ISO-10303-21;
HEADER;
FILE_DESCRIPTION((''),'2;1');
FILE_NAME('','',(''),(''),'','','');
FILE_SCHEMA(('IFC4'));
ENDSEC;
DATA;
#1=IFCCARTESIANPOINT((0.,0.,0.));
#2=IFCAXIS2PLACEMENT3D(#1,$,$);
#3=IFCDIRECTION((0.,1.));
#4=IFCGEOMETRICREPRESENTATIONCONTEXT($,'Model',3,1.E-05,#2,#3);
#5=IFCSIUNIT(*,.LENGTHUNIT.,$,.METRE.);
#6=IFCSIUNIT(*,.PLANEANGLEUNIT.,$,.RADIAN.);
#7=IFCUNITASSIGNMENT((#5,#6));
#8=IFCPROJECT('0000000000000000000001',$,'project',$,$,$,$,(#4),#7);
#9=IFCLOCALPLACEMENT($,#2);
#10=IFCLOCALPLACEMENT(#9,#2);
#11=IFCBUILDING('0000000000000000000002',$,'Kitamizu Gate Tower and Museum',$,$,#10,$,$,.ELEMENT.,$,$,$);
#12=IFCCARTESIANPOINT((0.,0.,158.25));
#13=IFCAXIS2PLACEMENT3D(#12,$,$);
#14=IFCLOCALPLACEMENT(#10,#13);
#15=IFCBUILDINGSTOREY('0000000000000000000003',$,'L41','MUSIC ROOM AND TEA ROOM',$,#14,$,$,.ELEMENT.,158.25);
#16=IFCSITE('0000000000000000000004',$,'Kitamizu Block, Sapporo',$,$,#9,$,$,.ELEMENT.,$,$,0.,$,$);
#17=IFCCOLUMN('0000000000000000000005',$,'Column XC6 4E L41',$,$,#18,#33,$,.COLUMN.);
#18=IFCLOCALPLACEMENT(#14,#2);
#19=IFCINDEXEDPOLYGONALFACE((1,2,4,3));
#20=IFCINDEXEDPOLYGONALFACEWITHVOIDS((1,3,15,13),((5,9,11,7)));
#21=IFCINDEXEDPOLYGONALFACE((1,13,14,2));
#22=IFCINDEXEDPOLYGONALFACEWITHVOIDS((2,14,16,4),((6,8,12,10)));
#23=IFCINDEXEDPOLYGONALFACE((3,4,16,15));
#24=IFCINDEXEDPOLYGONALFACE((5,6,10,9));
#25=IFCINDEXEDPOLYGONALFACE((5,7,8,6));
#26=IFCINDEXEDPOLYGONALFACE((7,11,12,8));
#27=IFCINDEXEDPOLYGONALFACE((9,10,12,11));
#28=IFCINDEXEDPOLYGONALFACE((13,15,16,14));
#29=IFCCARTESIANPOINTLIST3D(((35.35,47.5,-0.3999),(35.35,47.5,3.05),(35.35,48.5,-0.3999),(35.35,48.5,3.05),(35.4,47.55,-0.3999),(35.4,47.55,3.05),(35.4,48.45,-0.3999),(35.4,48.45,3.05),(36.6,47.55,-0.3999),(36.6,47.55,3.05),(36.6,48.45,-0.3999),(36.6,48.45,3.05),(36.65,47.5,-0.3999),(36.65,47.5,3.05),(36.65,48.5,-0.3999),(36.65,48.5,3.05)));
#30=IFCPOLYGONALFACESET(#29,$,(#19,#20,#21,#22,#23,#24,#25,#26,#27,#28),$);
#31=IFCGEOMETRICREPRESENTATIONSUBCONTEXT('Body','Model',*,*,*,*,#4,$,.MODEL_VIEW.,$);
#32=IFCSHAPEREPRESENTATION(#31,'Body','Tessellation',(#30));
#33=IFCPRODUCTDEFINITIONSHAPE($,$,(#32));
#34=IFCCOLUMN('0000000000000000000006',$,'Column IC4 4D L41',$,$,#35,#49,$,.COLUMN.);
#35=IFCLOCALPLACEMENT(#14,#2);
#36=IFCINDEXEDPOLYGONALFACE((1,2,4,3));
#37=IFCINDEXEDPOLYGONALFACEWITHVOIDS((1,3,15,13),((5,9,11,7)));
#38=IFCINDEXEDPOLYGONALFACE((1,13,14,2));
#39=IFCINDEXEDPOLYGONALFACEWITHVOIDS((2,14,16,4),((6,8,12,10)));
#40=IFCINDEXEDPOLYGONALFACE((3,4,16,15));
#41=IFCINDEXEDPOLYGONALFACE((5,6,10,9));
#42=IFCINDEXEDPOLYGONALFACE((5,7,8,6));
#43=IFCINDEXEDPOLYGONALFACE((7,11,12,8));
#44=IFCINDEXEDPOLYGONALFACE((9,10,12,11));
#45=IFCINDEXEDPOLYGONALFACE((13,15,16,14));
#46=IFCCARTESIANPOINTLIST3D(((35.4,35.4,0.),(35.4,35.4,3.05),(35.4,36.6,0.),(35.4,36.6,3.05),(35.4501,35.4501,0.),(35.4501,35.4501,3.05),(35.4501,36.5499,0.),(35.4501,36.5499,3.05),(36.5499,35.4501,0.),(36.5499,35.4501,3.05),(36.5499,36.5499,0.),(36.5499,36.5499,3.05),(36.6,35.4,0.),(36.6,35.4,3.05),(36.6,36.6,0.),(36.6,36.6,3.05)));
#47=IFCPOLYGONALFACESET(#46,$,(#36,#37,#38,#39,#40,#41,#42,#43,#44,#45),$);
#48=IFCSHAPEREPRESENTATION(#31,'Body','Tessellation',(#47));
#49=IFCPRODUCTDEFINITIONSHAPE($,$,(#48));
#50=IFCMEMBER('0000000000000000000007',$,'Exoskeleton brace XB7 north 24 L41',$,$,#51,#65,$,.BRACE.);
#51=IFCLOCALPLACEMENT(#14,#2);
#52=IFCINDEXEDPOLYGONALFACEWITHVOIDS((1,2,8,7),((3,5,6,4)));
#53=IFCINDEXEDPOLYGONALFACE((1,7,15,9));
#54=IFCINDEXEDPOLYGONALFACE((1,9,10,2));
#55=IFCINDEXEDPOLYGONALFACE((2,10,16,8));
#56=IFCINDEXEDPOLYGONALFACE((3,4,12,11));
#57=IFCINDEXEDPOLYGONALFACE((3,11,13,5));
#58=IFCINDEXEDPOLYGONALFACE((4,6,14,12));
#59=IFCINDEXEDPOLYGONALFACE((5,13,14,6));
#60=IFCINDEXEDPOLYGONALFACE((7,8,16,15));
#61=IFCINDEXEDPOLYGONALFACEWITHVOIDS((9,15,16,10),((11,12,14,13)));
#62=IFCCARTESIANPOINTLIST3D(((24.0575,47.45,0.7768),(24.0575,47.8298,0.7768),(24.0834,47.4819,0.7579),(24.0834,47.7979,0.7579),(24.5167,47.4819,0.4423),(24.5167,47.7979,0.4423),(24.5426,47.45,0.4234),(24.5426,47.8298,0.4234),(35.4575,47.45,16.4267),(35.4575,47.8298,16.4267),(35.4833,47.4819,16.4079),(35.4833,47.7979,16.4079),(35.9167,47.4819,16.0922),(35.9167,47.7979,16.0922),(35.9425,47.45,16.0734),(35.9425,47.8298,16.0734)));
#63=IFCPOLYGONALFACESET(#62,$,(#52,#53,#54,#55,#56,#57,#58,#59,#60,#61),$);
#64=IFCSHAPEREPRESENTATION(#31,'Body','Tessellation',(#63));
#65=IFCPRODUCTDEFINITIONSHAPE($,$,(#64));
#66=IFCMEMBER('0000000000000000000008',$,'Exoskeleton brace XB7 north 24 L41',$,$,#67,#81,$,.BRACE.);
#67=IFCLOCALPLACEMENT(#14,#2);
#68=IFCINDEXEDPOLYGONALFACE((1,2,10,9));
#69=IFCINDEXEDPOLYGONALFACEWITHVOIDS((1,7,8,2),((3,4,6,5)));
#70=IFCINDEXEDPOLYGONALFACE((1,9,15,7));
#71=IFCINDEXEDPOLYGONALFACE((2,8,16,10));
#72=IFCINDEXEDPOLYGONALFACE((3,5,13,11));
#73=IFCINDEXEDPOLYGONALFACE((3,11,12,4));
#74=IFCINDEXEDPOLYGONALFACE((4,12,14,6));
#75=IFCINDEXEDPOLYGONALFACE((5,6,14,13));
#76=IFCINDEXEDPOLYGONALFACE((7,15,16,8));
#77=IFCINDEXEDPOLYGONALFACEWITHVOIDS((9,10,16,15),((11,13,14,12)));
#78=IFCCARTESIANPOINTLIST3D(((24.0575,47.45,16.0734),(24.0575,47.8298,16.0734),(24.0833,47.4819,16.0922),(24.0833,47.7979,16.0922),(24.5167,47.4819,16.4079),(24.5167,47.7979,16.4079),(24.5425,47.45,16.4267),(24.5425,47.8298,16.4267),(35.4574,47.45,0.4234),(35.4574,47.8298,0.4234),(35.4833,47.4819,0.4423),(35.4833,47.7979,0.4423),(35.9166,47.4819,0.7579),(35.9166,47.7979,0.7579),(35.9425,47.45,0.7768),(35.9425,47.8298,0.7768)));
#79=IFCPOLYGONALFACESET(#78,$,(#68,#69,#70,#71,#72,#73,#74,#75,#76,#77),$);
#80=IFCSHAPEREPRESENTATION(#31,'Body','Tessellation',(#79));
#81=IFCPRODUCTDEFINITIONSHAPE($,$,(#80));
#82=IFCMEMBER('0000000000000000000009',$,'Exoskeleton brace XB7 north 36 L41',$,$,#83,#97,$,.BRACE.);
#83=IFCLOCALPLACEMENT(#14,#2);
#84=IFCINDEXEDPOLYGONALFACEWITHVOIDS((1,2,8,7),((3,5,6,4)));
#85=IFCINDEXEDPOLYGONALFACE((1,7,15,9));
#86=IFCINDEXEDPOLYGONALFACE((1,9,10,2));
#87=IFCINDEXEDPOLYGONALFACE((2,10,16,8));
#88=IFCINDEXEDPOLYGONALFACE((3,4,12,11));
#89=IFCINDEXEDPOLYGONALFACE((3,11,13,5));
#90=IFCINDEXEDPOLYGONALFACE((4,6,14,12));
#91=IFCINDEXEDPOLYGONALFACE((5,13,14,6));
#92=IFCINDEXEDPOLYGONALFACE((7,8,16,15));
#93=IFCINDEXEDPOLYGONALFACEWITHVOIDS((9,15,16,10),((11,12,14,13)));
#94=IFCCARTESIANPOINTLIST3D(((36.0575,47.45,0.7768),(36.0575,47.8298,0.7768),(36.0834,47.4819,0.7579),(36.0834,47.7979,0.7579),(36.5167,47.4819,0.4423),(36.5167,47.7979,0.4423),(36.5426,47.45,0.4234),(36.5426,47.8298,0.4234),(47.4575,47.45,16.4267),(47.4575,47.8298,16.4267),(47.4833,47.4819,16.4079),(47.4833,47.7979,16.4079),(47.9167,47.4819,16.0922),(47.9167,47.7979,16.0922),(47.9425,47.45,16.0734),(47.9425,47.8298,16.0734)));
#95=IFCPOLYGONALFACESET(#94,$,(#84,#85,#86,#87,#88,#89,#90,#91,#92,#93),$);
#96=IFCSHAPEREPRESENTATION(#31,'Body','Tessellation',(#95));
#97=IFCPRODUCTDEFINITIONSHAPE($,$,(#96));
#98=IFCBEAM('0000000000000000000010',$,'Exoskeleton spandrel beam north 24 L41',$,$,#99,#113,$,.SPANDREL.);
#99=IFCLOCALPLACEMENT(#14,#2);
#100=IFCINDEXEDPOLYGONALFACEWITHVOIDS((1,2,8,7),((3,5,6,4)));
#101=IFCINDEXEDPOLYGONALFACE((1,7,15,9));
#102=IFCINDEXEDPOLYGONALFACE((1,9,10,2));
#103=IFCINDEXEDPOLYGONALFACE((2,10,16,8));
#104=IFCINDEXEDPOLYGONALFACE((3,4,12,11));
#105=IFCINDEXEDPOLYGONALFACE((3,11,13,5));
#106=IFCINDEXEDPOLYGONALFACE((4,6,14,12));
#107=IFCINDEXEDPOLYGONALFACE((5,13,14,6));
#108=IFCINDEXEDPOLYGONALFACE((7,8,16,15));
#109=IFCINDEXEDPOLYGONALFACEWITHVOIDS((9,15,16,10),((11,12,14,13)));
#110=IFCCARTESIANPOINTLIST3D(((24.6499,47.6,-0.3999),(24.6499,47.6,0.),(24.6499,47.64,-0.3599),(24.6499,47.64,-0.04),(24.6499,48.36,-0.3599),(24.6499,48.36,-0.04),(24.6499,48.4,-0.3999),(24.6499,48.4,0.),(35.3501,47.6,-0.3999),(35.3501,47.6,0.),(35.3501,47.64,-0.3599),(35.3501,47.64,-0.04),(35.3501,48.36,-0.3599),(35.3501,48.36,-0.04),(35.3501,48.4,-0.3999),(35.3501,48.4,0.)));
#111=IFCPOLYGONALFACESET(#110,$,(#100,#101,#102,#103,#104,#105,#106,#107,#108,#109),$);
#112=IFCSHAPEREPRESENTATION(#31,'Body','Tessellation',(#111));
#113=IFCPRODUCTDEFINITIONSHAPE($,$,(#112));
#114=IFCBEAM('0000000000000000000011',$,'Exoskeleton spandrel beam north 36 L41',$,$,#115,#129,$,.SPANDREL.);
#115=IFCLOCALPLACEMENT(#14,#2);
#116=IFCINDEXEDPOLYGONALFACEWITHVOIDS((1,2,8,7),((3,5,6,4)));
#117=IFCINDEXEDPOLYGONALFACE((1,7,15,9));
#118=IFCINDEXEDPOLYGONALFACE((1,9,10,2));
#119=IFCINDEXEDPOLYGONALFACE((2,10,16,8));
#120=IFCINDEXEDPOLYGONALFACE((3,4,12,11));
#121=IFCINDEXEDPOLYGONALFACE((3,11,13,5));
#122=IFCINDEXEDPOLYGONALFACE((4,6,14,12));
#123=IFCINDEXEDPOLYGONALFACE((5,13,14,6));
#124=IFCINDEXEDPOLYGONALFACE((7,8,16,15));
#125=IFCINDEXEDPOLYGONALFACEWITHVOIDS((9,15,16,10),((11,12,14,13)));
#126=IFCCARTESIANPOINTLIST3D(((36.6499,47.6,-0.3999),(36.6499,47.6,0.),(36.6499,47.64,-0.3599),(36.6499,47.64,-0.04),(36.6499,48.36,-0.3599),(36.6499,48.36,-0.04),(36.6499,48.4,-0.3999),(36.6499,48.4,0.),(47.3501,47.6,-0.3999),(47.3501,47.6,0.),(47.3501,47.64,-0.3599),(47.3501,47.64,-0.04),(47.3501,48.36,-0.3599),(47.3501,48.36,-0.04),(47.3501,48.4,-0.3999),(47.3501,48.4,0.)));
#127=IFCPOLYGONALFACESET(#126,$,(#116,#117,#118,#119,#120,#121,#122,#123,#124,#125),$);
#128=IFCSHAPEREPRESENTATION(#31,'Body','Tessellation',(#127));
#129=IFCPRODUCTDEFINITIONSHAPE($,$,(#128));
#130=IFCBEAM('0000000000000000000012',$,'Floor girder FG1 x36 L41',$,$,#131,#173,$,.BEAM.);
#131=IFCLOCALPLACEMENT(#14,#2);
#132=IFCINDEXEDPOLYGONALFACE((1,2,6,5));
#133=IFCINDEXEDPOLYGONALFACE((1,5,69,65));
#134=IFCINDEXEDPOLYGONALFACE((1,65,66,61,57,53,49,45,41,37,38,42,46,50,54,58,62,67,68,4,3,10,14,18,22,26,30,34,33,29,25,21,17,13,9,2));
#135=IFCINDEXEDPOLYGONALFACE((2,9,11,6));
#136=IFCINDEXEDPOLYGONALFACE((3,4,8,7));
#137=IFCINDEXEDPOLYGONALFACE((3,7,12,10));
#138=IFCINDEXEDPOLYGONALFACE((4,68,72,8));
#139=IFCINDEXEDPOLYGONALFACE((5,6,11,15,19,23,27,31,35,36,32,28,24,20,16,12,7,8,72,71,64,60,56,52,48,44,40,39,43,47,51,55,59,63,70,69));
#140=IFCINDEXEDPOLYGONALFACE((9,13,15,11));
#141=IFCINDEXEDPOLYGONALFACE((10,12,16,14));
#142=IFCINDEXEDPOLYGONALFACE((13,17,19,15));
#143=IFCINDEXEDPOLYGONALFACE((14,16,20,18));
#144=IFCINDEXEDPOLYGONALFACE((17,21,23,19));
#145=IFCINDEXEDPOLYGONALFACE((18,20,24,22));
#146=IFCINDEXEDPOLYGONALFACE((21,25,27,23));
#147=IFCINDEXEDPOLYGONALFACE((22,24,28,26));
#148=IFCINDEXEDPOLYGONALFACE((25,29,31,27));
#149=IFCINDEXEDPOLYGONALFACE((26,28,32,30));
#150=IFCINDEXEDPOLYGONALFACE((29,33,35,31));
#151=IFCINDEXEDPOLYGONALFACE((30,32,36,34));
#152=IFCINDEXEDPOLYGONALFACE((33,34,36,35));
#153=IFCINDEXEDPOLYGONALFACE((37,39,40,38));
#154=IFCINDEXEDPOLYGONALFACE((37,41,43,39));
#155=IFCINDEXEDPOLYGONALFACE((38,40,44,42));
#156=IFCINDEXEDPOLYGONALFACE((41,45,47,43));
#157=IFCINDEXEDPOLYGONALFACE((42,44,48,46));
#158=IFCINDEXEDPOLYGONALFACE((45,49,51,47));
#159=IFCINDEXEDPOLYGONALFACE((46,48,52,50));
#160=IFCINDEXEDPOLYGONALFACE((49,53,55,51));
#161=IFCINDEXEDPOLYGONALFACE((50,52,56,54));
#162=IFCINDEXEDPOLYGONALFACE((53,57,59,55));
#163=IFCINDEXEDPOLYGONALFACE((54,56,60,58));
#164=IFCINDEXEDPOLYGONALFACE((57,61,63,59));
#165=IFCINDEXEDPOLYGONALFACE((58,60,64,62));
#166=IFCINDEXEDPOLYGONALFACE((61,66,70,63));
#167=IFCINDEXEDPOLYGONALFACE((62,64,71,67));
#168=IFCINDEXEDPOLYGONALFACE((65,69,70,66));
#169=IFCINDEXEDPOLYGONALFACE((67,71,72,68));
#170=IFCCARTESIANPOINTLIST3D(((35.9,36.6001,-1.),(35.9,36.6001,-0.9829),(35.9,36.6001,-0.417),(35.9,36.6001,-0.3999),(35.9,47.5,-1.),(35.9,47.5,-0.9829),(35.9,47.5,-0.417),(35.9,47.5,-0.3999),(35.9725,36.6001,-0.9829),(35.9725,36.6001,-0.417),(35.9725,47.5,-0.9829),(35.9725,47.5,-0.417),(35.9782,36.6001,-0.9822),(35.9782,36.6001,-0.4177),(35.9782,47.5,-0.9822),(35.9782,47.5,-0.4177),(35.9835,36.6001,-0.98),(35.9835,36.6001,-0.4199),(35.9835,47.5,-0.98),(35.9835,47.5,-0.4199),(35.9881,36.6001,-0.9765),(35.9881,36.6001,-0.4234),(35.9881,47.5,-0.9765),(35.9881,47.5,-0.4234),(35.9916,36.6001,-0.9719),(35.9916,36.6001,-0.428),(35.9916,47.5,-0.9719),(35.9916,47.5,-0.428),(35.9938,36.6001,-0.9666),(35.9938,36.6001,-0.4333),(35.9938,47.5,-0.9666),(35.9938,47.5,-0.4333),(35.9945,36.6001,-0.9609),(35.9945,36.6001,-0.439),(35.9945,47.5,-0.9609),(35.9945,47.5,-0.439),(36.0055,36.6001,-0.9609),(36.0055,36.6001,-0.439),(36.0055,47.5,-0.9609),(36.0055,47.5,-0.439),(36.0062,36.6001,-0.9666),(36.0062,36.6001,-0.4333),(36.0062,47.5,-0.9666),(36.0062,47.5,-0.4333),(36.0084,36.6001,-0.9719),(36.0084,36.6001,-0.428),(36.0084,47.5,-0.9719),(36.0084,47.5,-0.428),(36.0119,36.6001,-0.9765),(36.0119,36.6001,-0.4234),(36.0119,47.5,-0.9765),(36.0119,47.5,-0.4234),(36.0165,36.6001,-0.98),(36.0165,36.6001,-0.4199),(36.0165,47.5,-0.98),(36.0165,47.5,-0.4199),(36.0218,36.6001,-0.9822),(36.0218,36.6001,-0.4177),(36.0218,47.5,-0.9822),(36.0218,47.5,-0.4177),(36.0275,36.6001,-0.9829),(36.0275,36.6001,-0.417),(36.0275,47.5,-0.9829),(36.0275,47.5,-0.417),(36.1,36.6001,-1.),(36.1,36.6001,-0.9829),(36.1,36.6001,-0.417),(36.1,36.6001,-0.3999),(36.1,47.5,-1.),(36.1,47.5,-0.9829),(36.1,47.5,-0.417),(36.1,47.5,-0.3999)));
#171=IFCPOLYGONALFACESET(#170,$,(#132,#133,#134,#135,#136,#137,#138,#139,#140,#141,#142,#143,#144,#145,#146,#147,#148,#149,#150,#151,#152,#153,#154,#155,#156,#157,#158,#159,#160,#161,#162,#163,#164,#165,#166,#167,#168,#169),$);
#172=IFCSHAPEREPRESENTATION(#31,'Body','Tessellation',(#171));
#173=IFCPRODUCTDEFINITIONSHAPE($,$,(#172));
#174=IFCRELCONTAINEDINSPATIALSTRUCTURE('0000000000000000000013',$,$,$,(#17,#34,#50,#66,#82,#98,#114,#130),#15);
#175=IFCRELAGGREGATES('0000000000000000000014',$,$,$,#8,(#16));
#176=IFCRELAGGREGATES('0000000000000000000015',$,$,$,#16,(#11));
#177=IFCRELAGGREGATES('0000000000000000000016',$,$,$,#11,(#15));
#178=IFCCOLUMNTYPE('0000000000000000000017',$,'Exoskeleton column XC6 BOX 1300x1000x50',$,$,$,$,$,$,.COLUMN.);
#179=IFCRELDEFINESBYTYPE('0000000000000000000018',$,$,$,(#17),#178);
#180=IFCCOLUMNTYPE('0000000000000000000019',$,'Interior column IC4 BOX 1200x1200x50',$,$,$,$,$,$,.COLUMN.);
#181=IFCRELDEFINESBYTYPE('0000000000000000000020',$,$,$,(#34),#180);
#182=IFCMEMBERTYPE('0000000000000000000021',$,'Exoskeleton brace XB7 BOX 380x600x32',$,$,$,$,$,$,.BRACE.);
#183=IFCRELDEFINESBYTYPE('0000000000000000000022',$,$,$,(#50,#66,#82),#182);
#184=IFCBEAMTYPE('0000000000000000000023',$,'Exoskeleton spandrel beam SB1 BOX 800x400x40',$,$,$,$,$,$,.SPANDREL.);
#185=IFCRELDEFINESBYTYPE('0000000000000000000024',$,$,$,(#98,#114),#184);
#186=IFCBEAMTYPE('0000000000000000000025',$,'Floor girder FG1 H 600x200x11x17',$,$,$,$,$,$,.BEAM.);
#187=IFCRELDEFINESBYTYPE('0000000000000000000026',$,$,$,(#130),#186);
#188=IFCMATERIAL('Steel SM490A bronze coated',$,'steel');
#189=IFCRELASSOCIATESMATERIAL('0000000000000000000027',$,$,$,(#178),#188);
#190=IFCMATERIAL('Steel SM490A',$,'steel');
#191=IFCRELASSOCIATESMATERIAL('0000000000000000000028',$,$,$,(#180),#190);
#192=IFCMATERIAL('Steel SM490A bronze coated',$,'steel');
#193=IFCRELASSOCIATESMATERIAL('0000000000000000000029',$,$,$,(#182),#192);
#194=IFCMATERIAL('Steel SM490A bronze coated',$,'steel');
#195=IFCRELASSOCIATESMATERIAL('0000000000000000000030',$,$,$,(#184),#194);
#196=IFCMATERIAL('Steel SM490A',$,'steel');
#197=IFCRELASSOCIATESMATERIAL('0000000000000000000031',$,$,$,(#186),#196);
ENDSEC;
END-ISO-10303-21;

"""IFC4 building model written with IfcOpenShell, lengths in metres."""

from ifc_helpers import new_model, si_unit, direction, frame, origin, origin_2d, place, context, subcontext, project, spatial, hollow_rectangle, i_section, extrude, material, material_profile, profile_set, type_object, element, save


model = new_model("IFC4")

# Units and contexts
model_context = context("Model", 3, precision=1e-05, world=origin(), true_north=direction((0.0, 1.0)))
body_context = subcontext(model_context, "Body", "Model", "MODEL_VIEW")
ifc_project = project(units=[si_unit("LENGTHUNIT", "METRE"), si_unit("PLANEANGLEUNIT", "RADIAN")], contexts=[model_context])

# Site, building, storey
site_placement = place(None, origin())
site = spatial("IfcSite", under=ifc_project, at=site_placement, Name="Kitamizu Block, Sapporo", CompositionType="ELEMENT", RefElevation=0.0)
building_placement = place(site_placement, origin())
building = spatial("IfcBuilding", under=site, at=building_placement, Name="Kitamizu Gate Tower and Museum", CompositionType="ELEMENT")
storey_placement = place(building_placement, frame((0.0, 0.0, 158.25)))
storey = spatial("IfcBuildingStorey", under=building, at=storey_placement, Name="L41", Description="MUSIC ROOM AND TEA ROOM", CompositionType="ELEMENT", Elevation=158.25)

# Columns
ifc_material_1 = material(Name="Steel SM490A bronze coated", Category="steel")
ifc_material_profile_1 = material_profile(ifc_material_1, hollow_rectangle(XDim=1.3, YDim=1.0, WallThickness=0.05, at=origin_2d()), Name="BOX 1300x1000x50")
ifc_profile_set_1 = profile_set([ifc_material_profile_1], Name="Steel SM490A bronze coated")
column_type_1 = type_object("IfcColumnType", Name="Exoskeleton column XC6 BOX 1300x1000x50", PredefinedType="COLUMN", material=ifc_profile_set_1)
column_1_placement = place(storey_placement, frame((36.0, 48.0, -0.3999), z_axis=(0.0, 0.0, 1.0), x_axis=(1.0, 0.0, 0.0)))
element("IfcColumn", 1, at=column_1_placement, inside=storey, type_object=column_type_1, Name="Column XC6 4E L41", PredefinedType="COLUMN", context=body_context, shape_type="SweptSolid", body=[
    extrude(hollow_rectangle(XDim=1.3, YDim=1.0, WallThickness=0.05, at=origin_2d()), origin(), (0.0, 0.0, 1.0), 3.45),
])
ifc_material_2 = material(Name="Steel SM490A", Category="steel")
ifc_material_profile_2 = material_profile(ifc_material_2, hollow_rectangle(XDim=1.2, YDim=1.2, WallThickness=0.05, at=origin_2d()), Name="BOX 1200x1200x50")
ifc_profile_set_2 = profile_set([ifc_material_profile_2], Name="Steel SM490A")
column_type_2 = type_object("IfcColumnType", Name="Interior column IC4 BOX 1200x1200x50", PredefinedType="COLUMN", material=ifc_profile_set_2)
column_2_placement = place(storey_placement, frame((36.0, 36.0, 0.0), z_axis=(0.0, 0.0, 1.0), x_axis=(1.0, 0.0, 0.0)))
element("IfcColumn", 2, at=column_2_placement, inside=storey, type_object=column_type_2, Name="Column IC4 4D L41", PredefinedType="COLUMN", context=body_context, shape_type="SweptSolid", body=[
    extrude(hollow_rectangle(XDim=1.2, YDim=1.2, WallThickness=0.05, at=origin_2d()), origin(), (0.0, 0.0, 1.0), 3.05),
])

# Members
ifc_material_3 = material(Name="Steel SM490A bronze coated", Category="steel")
ifc_material_profile_3 = material_profile(ifc_material_3, hollow_rectangle(XDim=0.3799, YDim=0.6001, WallThickness=0.032, at=origin_2d()), Name="BOX 380x600x32")
ifc_profile_set_3 = profile_set([ifc_material_profile_3], Name="Steel SM490A bronze coated")
member_type = type_object("IfcMemberType", Name="Exoskeleton brace XB7 BOX 380x600x32", PredefinedType="BRACE", material=ifc_profile_set_3)
for number, where, z_axis, x_axis, name in (
    (3, (24.3, 47.6399, 0.6001), (0.588785, 0.0, 0.80829), (0.0, 1.0, 0.0), "Exoskeleton brace XB7 north 24 L41"),
    (4, (35.7, 47.6399, 0.6001), (-0.588785, 0.0, 0.80829), (0.0, -1.0, 0.0), "Exoskeleton brace XB7 north 24 L41"),
    (5, (36.3, 47.6399, 0.6001), (0.588785, 0.0, 0.80829), (0.0, 1.0, 0.0), "Exoskeleton brace XB7 north 36 L41"),
):
    element("IfcMember", number, at=place(storey_placement, frame(where, z_axis=z_axis, x_axis=x_axis)), inside=storey, type_object=member_type, Name=name, PredefinedType="BRACE", context=body_context, shape_type="SweptSolid", body=[
        extrude(hollow_rectangle(XDim=0.3799, YDim=0.6001, WallThickness=0.032, at=origin_2d()), origin(), (0.0, 0.0, 1.0), 19.3618),
    ])

# Beams
ifc_material_4 = material(Name="Steel SM490A bronze coated", Category="steel")
ifc_material_profile_4 = material_profile(ifc_material_4, hollow_rectangle(XDim=0.8, YDim=0.3999, WallThickness=0.04, at=origin_2d()), Name="BOX 800x400x40")
ifc_profile_set_4 = profile_set([ifc_material_profile_4], Name="Steel SM490A bronze coated")
beam_type_1 = type_object("IfcBeamType", Name="Exoskeleton spandrel beam SB1 BOX 800x400x40", PredefinedType="SPANDREL", material=ifc_profile_set_4)
for number, where, z_axis, x_axis, name in (
    (6, (24.6499, 48.0, -0.2), (1.0, 0.0, 0.0), (0.0, 1.0, 0.0), "Exoskeleton spandrel beam north 24 L41"),
    (7, (36.6499, 48.0, -0.2), (1.0, 0.0, 0.0), (0.0, 1.0, 0.0), "Exoskeleton spandrel beam north 36 L41"),
):
    element("IfcBeam", number, at=place(storey_placement, frame(where, z_axis=z_axis, x_axis=x_axis)), inside=storey, type_object=beam_type_1, Name=name, PredefinedType="SPANDREL", context=body_context, shape_type="SweptSolid", body=[
        extrude(hollow_rectangle(XDim=0.8, YDim=0.3999, WallThickness=0.04, at=origin_2d()), origin(), (0.0, 0.0, 1.0), 10.7002),
    ])
ifc_material_5 = material(Name="Steel SM490A", Category="steel")
ifc_material_profile_5 = material_profile(ifc_material_5, i_section(OverallWidth=0.2, OverallDepth=0.6001, WebThickness=0.011, FlangeThickness=0.0171, FilletRadius=0.022, at=origin_2d()), Name="H-600x200x11x17")
ifc_profile_set_5 = profile_set([ifc_material_profile_5], Name="Steel SM490A")
beam_type_2 = type_object("IfcBeamType", Name="Floor girder FG1 H 600x200x11x17", PredefinedType="BEAM", material=ifc_profile_set_5)
beam_1_placement = place(storey_placement, frame((36.0, 36.6001, -0.7), z_axis=(0.0, 1.0, 0.0), x_axis=(-1.0, 0.0, 0.0)))
element("IfcBeam", 8, at=beam_1_placement, inside=storey, type_object=beam_type_2, Name="Floor girder FG1 x36 L41", PredefinedType="BEAM", context=body_context, shape_type="SweptSolid", body=[
    extrude(i_section(OverallWidth=0.2, OverallDepth=0.6001, WebThickness=0.011, FlangeThickness=0.0171, FilletRadius=0.022, at=origin_2d()), origin(), (0.0, 0.0, 1.0), 10.8999),
])

save(model, "model.ifc")
